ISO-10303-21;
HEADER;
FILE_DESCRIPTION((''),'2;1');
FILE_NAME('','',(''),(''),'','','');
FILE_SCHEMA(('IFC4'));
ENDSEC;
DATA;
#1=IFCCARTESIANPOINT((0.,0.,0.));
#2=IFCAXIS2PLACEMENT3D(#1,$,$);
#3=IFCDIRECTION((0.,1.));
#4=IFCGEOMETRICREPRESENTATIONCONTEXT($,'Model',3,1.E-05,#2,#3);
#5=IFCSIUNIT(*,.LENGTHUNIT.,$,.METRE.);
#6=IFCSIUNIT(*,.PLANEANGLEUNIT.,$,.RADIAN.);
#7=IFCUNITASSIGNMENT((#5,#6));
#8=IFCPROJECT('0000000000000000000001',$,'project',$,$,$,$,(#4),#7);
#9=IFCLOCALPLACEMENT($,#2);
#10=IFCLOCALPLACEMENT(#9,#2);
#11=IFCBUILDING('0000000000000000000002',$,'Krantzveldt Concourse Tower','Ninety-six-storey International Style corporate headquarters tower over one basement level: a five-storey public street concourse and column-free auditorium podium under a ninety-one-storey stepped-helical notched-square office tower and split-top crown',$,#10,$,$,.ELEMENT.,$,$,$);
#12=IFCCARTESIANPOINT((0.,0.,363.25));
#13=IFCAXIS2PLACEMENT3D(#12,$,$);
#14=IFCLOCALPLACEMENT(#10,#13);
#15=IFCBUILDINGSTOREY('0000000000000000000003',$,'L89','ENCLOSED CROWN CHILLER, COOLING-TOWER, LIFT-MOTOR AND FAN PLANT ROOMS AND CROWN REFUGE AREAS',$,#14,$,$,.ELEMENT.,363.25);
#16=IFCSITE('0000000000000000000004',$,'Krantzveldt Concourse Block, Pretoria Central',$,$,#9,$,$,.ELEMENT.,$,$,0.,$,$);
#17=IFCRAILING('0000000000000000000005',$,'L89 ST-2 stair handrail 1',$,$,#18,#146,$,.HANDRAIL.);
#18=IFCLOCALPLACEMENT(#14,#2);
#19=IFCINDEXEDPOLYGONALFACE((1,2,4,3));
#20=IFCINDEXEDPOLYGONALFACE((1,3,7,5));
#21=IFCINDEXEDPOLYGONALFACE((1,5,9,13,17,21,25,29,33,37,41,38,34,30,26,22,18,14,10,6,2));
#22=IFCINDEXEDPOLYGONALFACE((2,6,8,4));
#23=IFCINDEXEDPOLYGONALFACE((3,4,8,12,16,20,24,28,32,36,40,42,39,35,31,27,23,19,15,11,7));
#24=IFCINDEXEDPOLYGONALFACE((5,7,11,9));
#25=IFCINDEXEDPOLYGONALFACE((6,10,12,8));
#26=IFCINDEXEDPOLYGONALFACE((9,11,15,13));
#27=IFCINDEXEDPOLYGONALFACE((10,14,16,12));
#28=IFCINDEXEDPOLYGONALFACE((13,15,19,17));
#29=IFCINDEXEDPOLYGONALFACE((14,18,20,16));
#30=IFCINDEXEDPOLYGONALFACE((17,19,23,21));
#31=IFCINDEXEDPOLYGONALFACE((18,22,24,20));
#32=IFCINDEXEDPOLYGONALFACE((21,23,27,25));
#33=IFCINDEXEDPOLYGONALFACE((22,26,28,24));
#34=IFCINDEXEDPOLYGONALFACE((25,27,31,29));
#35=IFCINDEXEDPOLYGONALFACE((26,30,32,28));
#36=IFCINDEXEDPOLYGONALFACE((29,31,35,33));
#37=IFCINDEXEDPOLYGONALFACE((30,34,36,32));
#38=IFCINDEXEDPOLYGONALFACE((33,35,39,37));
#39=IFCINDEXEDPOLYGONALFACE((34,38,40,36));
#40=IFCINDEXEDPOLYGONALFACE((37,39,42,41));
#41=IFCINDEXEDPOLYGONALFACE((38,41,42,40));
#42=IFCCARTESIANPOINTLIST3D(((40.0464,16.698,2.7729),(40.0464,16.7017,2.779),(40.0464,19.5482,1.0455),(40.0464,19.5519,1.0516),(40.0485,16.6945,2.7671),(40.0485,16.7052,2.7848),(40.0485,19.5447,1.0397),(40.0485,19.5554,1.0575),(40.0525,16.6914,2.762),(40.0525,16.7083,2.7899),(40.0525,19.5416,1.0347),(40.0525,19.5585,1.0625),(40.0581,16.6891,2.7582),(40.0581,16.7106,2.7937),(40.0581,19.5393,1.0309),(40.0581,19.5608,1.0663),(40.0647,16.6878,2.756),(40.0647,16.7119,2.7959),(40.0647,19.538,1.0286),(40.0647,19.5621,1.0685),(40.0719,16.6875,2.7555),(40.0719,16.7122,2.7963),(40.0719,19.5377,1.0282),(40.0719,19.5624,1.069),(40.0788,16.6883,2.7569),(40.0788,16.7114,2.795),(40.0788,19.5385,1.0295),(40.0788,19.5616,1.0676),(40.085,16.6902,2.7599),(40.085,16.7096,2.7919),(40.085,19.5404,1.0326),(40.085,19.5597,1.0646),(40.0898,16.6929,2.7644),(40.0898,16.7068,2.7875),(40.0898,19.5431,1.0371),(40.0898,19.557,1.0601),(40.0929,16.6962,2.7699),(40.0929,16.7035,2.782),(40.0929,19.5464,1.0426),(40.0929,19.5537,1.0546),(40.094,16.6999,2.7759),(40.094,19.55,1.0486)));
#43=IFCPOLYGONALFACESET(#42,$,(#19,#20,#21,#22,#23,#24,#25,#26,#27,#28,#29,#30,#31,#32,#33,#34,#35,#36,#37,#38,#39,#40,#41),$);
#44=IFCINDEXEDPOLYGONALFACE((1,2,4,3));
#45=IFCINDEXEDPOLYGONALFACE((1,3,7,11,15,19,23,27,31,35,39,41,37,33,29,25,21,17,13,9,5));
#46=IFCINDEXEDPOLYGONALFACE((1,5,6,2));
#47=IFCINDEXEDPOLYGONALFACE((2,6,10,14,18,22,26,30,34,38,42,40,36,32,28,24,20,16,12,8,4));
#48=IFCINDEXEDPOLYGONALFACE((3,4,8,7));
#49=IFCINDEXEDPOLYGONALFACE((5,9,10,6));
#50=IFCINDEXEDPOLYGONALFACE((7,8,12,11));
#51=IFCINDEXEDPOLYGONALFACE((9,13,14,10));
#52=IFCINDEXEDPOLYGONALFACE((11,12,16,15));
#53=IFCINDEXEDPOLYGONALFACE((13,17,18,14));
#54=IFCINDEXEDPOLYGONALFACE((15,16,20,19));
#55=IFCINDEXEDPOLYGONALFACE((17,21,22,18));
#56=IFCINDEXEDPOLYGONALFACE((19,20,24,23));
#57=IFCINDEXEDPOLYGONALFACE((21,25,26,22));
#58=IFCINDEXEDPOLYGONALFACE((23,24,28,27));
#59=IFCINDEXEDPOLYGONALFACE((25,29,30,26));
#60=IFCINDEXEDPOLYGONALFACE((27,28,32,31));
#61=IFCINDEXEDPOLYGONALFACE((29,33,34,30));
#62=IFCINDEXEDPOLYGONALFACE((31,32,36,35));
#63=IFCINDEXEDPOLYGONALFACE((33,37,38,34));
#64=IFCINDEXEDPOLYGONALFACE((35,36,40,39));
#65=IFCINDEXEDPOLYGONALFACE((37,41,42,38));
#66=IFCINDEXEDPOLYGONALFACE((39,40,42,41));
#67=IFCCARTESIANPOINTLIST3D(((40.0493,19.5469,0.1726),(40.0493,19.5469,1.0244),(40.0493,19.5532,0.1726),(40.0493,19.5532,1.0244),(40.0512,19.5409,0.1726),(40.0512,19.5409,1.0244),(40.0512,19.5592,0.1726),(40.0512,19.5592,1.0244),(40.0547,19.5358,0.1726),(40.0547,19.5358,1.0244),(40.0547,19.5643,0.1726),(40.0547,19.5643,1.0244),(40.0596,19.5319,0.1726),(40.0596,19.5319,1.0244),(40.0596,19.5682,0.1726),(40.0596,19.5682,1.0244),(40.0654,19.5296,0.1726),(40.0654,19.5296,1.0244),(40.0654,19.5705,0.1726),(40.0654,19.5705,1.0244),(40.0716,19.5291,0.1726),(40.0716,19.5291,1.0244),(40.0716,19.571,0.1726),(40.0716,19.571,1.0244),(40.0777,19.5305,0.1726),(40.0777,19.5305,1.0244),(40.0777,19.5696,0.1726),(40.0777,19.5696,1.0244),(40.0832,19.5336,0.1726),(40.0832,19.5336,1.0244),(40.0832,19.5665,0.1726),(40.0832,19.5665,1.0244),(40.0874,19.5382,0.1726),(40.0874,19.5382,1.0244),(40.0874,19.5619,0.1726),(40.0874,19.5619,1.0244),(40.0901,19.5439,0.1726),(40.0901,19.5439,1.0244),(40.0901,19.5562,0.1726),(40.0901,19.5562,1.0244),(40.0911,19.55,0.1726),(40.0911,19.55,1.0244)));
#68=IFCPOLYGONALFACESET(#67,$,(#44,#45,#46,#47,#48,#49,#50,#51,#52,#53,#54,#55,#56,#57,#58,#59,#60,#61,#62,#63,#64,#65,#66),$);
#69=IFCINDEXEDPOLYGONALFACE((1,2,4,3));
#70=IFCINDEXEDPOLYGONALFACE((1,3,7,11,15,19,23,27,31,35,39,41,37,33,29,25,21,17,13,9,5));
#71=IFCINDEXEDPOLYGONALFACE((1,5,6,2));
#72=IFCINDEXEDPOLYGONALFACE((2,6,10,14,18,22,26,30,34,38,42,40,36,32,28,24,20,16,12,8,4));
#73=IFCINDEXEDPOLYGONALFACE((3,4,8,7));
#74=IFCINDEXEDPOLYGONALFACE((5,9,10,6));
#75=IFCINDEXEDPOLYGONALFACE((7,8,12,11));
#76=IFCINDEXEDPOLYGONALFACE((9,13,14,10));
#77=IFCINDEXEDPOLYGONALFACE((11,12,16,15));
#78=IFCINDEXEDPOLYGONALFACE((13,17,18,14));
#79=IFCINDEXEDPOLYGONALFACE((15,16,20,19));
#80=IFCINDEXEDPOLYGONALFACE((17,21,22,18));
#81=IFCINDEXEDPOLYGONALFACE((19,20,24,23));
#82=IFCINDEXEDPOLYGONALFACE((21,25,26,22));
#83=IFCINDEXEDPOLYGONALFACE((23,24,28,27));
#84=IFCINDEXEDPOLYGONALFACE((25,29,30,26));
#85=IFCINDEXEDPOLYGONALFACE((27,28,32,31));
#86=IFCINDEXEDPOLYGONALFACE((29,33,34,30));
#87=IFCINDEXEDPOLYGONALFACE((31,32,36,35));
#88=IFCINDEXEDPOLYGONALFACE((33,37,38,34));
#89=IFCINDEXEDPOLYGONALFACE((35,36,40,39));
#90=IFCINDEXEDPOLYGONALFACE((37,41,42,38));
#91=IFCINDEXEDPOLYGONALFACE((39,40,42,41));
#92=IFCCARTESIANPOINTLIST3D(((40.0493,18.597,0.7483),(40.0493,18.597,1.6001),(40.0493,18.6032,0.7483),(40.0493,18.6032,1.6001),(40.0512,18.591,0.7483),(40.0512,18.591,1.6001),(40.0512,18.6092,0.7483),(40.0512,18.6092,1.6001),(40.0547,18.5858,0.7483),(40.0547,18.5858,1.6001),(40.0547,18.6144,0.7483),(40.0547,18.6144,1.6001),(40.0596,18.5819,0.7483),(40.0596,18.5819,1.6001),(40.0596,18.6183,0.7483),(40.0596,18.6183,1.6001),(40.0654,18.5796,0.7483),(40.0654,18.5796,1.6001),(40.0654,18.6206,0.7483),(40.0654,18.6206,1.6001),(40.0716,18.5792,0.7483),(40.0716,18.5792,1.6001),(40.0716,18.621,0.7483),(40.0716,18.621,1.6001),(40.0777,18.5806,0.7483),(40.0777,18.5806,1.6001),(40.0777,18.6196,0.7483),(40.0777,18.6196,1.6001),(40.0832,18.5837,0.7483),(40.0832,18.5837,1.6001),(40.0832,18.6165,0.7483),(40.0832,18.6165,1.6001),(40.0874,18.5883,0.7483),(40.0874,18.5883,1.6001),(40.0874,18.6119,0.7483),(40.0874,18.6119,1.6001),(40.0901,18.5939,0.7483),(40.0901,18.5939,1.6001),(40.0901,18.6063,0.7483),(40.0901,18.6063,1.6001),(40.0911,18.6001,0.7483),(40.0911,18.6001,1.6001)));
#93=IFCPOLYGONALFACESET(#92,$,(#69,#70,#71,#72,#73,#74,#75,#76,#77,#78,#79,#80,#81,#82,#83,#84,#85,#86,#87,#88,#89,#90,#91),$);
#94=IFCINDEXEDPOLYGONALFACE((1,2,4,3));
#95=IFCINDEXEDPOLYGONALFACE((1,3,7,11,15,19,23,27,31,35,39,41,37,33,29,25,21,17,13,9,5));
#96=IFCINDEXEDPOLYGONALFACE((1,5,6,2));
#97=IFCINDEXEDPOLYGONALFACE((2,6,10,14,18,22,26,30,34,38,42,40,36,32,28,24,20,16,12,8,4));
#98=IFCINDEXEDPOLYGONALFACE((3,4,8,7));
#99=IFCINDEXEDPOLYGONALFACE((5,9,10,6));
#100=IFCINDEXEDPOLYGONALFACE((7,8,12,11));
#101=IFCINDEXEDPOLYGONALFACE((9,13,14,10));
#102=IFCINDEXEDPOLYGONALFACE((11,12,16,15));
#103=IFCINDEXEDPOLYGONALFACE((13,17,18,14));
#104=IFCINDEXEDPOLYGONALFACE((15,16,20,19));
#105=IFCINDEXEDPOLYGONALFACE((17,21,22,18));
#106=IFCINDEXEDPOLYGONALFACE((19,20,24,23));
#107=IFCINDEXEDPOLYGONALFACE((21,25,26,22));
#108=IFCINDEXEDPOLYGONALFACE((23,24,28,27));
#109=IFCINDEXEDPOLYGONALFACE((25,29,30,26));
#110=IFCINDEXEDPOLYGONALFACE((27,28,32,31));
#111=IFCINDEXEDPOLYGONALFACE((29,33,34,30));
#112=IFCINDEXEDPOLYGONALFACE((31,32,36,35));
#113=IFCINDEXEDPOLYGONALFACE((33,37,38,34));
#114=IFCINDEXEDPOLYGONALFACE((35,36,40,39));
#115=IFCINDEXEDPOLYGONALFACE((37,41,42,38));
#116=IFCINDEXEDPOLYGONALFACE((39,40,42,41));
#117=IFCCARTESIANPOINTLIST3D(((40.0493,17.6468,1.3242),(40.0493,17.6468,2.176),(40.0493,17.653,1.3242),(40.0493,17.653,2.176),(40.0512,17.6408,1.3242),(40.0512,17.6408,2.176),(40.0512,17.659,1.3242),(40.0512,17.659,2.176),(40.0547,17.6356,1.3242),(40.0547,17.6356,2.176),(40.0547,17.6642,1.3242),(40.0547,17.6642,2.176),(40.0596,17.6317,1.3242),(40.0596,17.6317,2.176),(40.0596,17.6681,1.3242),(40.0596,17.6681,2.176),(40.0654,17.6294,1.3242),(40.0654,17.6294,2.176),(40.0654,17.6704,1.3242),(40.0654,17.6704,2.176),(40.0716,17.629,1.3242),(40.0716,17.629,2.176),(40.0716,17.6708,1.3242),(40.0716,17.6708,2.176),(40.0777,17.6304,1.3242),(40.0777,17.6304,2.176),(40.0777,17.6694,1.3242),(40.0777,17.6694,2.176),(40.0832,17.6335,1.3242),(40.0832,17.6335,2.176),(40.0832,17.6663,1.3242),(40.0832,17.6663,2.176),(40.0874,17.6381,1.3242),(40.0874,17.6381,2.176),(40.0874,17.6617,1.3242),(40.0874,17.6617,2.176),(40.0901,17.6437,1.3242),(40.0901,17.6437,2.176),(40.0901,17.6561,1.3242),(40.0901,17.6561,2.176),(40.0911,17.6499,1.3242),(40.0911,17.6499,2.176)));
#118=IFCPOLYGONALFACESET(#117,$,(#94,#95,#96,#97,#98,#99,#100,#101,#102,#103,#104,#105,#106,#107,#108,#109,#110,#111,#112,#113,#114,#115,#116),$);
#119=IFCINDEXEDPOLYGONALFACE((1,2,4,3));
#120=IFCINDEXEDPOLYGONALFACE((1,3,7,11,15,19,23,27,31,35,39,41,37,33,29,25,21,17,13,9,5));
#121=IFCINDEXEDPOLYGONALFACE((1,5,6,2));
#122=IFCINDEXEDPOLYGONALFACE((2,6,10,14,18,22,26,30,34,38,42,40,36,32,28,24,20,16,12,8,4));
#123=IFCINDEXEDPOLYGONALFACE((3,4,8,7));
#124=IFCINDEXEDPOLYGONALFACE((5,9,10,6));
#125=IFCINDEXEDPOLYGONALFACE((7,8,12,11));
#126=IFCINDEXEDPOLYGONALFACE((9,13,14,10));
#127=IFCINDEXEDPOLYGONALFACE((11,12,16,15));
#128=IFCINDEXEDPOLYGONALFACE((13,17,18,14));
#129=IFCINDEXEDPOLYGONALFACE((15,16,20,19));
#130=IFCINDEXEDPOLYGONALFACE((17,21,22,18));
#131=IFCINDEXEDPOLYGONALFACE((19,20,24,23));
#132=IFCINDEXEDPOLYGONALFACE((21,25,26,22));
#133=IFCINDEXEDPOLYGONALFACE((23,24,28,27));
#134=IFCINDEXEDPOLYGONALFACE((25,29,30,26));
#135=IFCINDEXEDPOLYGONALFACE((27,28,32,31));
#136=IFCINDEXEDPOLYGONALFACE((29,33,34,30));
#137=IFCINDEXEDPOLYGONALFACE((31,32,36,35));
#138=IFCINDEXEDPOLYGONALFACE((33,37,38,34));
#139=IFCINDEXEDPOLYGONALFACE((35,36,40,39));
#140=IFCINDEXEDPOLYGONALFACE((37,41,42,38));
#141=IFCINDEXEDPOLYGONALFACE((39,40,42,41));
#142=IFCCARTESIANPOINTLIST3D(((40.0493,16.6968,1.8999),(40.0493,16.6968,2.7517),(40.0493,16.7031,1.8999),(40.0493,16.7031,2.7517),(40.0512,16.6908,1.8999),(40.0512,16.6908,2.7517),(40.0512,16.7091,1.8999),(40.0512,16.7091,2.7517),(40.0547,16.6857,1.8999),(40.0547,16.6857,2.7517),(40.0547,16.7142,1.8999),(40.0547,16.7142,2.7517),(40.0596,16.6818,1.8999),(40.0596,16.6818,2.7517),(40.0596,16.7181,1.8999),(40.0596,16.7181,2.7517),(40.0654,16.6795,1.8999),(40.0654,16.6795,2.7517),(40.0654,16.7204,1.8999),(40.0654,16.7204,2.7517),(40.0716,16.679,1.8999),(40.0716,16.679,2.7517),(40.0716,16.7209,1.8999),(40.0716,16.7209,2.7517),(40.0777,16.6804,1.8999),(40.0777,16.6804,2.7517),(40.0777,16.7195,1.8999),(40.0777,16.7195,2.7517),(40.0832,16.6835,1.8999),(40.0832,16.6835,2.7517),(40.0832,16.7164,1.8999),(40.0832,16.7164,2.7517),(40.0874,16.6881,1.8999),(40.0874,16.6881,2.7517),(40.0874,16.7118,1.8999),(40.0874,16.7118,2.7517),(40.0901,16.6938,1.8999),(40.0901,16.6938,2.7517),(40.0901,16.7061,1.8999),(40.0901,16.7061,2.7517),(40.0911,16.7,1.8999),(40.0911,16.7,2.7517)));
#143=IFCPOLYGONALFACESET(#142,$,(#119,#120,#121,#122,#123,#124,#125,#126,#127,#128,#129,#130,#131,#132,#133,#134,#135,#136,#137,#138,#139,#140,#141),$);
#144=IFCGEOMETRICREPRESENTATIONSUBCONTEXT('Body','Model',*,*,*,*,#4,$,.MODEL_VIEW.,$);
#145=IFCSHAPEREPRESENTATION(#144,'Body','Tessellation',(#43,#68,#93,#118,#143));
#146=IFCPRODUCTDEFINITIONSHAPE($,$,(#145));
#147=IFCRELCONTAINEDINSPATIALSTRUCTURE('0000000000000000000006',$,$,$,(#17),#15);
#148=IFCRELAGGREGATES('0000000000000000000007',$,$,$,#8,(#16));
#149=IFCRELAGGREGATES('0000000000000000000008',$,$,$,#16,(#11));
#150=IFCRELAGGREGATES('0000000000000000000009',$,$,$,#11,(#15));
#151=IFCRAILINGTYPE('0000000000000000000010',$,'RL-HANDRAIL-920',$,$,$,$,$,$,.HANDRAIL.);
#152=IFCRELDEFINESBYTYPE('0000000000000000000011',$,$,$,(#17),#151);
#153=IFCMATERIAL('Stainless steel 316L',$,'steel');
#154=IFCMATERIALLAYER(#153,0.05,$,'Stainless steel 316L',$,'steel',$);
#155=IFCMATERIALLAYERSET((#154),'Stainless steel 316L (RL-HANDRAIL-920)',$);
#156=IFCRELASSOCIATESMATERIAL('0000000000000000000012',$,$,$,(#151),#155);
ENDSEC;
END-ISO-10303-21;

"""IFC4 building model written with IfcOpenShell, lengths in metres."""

from ifc_helpers import new_model, si_unit, direction, frame, origin, origin_2d, place, context, subcontext, project, spatial, circle, extrude, material, layer, layer_set, type_object, element, save


model = new_model("IFC4")

# Units and contexts
model_context = context("Model", 3, precision=1e-05, world=origin(), true_north=direction((0.0, 1.0)))
body_context = subcontext(model_context, "Body", "Model", "MODEL_VIEW")
ifc_project = project(units=[si_unit("LENGTHUNIT", "METRE"), si_unit("PLANEANGLEUNIT", "RADIAN")], contexts=[model_context])

# Site, building, storey
site_placement = place(None, origin())
site = spatial("IfcSite", under=ifc_project, at=site_placement, Name="Krantzveldt Concourse Block, Pretoria Central", CompositionType="ELEMENT", RefElevation=0.0)
building_placement = place(site_placement, origin())
building = spatial("IfcBuilding", under=site, at=building_placement, Name="Krantzveldt Concourse Tower", Description="Ninety-six-storey International Style corporate headquarters tower over one basement level: a five-storey public street concourse and column-free auditorium podium under a ninety-one-storey stepped-helical notched-square office tower and split-top crown", CompositionType="ELEMENT")
storey_placement = place(building_placement, frame((0.0, 0.0, 363.25)))
storey = spatial("IfcBuildingStorey", under=building, at=storey_placement, Name="L89", Description="ENCLOSED CROWN CHILLER, COOLING-TOWER, LIFT-MOTOR AND FAN PLANT ROOMS AND CROWN REFUGE AREAS", CompositionType="ELEMENT", Elevation=363.25)

# Shared definitions
ifc_material_1 = material(Name="Stainless steel 316L", Category="steel")

# Railing
ifc_layer_1 = layer(ifc_material_1, 0.05, Name="Stainless steel 316L", Category="steel")
ifc_layer_set_1 = layer_set([ifc_layer_1], Name="Stainless steel 316L (RL-HANDRAIL-920)")
railing_type_1 = type_object("IfcRailingType", Name="RL-HANDRAIL-920", PredefinedType="HANDRAIL", material=ifc_layer_set_1)
railing_1_placement = place(storey_placement, frame((40.0701, 19.55, 0.1726)))
element("IfcRailing", 1, at=railing_1_placement, inside=storey, type_object=railing_type_1, Name="L89 ST-2 stair handrail 1", PredefinedType="HANDRAIL", context=body_context, shape_type="SweptSolid", body=[
    extrude(circle(Radius=0.0239, at=origin_2d()), frame((0.0, 0.0, 0.876), z_axis=(0.0, -0.855203, 0.518294), x_axis=(1.0, 0.0, 0.0)), (0.0, 0.0, 1.0), 3.3328),
    extrude(circle(Radius=0.021, at=origin_2d()), origin(), (0.0, 0.0, 1.0), 0.8518),
    extrude(circle(Radius=0.021, at=origin_2d()), frame((0.0, -0.95, 0.5757)), (0.0, 0.0, 1.0), 0.8518),
    extrude(circle(Radius=0.021, at=origin_2d()), frame((0.0, -1.9001, 1.1516)), (0.0, 0.0, 1.0), 0.8518),
    extrude(circle(Radius=0.021, at=origin_2d()), frame((0.0, -2.8501, 1.7273)), (0.0, 0.0, 1.0), 0.8518),
])

save(model, "model.ifc")
